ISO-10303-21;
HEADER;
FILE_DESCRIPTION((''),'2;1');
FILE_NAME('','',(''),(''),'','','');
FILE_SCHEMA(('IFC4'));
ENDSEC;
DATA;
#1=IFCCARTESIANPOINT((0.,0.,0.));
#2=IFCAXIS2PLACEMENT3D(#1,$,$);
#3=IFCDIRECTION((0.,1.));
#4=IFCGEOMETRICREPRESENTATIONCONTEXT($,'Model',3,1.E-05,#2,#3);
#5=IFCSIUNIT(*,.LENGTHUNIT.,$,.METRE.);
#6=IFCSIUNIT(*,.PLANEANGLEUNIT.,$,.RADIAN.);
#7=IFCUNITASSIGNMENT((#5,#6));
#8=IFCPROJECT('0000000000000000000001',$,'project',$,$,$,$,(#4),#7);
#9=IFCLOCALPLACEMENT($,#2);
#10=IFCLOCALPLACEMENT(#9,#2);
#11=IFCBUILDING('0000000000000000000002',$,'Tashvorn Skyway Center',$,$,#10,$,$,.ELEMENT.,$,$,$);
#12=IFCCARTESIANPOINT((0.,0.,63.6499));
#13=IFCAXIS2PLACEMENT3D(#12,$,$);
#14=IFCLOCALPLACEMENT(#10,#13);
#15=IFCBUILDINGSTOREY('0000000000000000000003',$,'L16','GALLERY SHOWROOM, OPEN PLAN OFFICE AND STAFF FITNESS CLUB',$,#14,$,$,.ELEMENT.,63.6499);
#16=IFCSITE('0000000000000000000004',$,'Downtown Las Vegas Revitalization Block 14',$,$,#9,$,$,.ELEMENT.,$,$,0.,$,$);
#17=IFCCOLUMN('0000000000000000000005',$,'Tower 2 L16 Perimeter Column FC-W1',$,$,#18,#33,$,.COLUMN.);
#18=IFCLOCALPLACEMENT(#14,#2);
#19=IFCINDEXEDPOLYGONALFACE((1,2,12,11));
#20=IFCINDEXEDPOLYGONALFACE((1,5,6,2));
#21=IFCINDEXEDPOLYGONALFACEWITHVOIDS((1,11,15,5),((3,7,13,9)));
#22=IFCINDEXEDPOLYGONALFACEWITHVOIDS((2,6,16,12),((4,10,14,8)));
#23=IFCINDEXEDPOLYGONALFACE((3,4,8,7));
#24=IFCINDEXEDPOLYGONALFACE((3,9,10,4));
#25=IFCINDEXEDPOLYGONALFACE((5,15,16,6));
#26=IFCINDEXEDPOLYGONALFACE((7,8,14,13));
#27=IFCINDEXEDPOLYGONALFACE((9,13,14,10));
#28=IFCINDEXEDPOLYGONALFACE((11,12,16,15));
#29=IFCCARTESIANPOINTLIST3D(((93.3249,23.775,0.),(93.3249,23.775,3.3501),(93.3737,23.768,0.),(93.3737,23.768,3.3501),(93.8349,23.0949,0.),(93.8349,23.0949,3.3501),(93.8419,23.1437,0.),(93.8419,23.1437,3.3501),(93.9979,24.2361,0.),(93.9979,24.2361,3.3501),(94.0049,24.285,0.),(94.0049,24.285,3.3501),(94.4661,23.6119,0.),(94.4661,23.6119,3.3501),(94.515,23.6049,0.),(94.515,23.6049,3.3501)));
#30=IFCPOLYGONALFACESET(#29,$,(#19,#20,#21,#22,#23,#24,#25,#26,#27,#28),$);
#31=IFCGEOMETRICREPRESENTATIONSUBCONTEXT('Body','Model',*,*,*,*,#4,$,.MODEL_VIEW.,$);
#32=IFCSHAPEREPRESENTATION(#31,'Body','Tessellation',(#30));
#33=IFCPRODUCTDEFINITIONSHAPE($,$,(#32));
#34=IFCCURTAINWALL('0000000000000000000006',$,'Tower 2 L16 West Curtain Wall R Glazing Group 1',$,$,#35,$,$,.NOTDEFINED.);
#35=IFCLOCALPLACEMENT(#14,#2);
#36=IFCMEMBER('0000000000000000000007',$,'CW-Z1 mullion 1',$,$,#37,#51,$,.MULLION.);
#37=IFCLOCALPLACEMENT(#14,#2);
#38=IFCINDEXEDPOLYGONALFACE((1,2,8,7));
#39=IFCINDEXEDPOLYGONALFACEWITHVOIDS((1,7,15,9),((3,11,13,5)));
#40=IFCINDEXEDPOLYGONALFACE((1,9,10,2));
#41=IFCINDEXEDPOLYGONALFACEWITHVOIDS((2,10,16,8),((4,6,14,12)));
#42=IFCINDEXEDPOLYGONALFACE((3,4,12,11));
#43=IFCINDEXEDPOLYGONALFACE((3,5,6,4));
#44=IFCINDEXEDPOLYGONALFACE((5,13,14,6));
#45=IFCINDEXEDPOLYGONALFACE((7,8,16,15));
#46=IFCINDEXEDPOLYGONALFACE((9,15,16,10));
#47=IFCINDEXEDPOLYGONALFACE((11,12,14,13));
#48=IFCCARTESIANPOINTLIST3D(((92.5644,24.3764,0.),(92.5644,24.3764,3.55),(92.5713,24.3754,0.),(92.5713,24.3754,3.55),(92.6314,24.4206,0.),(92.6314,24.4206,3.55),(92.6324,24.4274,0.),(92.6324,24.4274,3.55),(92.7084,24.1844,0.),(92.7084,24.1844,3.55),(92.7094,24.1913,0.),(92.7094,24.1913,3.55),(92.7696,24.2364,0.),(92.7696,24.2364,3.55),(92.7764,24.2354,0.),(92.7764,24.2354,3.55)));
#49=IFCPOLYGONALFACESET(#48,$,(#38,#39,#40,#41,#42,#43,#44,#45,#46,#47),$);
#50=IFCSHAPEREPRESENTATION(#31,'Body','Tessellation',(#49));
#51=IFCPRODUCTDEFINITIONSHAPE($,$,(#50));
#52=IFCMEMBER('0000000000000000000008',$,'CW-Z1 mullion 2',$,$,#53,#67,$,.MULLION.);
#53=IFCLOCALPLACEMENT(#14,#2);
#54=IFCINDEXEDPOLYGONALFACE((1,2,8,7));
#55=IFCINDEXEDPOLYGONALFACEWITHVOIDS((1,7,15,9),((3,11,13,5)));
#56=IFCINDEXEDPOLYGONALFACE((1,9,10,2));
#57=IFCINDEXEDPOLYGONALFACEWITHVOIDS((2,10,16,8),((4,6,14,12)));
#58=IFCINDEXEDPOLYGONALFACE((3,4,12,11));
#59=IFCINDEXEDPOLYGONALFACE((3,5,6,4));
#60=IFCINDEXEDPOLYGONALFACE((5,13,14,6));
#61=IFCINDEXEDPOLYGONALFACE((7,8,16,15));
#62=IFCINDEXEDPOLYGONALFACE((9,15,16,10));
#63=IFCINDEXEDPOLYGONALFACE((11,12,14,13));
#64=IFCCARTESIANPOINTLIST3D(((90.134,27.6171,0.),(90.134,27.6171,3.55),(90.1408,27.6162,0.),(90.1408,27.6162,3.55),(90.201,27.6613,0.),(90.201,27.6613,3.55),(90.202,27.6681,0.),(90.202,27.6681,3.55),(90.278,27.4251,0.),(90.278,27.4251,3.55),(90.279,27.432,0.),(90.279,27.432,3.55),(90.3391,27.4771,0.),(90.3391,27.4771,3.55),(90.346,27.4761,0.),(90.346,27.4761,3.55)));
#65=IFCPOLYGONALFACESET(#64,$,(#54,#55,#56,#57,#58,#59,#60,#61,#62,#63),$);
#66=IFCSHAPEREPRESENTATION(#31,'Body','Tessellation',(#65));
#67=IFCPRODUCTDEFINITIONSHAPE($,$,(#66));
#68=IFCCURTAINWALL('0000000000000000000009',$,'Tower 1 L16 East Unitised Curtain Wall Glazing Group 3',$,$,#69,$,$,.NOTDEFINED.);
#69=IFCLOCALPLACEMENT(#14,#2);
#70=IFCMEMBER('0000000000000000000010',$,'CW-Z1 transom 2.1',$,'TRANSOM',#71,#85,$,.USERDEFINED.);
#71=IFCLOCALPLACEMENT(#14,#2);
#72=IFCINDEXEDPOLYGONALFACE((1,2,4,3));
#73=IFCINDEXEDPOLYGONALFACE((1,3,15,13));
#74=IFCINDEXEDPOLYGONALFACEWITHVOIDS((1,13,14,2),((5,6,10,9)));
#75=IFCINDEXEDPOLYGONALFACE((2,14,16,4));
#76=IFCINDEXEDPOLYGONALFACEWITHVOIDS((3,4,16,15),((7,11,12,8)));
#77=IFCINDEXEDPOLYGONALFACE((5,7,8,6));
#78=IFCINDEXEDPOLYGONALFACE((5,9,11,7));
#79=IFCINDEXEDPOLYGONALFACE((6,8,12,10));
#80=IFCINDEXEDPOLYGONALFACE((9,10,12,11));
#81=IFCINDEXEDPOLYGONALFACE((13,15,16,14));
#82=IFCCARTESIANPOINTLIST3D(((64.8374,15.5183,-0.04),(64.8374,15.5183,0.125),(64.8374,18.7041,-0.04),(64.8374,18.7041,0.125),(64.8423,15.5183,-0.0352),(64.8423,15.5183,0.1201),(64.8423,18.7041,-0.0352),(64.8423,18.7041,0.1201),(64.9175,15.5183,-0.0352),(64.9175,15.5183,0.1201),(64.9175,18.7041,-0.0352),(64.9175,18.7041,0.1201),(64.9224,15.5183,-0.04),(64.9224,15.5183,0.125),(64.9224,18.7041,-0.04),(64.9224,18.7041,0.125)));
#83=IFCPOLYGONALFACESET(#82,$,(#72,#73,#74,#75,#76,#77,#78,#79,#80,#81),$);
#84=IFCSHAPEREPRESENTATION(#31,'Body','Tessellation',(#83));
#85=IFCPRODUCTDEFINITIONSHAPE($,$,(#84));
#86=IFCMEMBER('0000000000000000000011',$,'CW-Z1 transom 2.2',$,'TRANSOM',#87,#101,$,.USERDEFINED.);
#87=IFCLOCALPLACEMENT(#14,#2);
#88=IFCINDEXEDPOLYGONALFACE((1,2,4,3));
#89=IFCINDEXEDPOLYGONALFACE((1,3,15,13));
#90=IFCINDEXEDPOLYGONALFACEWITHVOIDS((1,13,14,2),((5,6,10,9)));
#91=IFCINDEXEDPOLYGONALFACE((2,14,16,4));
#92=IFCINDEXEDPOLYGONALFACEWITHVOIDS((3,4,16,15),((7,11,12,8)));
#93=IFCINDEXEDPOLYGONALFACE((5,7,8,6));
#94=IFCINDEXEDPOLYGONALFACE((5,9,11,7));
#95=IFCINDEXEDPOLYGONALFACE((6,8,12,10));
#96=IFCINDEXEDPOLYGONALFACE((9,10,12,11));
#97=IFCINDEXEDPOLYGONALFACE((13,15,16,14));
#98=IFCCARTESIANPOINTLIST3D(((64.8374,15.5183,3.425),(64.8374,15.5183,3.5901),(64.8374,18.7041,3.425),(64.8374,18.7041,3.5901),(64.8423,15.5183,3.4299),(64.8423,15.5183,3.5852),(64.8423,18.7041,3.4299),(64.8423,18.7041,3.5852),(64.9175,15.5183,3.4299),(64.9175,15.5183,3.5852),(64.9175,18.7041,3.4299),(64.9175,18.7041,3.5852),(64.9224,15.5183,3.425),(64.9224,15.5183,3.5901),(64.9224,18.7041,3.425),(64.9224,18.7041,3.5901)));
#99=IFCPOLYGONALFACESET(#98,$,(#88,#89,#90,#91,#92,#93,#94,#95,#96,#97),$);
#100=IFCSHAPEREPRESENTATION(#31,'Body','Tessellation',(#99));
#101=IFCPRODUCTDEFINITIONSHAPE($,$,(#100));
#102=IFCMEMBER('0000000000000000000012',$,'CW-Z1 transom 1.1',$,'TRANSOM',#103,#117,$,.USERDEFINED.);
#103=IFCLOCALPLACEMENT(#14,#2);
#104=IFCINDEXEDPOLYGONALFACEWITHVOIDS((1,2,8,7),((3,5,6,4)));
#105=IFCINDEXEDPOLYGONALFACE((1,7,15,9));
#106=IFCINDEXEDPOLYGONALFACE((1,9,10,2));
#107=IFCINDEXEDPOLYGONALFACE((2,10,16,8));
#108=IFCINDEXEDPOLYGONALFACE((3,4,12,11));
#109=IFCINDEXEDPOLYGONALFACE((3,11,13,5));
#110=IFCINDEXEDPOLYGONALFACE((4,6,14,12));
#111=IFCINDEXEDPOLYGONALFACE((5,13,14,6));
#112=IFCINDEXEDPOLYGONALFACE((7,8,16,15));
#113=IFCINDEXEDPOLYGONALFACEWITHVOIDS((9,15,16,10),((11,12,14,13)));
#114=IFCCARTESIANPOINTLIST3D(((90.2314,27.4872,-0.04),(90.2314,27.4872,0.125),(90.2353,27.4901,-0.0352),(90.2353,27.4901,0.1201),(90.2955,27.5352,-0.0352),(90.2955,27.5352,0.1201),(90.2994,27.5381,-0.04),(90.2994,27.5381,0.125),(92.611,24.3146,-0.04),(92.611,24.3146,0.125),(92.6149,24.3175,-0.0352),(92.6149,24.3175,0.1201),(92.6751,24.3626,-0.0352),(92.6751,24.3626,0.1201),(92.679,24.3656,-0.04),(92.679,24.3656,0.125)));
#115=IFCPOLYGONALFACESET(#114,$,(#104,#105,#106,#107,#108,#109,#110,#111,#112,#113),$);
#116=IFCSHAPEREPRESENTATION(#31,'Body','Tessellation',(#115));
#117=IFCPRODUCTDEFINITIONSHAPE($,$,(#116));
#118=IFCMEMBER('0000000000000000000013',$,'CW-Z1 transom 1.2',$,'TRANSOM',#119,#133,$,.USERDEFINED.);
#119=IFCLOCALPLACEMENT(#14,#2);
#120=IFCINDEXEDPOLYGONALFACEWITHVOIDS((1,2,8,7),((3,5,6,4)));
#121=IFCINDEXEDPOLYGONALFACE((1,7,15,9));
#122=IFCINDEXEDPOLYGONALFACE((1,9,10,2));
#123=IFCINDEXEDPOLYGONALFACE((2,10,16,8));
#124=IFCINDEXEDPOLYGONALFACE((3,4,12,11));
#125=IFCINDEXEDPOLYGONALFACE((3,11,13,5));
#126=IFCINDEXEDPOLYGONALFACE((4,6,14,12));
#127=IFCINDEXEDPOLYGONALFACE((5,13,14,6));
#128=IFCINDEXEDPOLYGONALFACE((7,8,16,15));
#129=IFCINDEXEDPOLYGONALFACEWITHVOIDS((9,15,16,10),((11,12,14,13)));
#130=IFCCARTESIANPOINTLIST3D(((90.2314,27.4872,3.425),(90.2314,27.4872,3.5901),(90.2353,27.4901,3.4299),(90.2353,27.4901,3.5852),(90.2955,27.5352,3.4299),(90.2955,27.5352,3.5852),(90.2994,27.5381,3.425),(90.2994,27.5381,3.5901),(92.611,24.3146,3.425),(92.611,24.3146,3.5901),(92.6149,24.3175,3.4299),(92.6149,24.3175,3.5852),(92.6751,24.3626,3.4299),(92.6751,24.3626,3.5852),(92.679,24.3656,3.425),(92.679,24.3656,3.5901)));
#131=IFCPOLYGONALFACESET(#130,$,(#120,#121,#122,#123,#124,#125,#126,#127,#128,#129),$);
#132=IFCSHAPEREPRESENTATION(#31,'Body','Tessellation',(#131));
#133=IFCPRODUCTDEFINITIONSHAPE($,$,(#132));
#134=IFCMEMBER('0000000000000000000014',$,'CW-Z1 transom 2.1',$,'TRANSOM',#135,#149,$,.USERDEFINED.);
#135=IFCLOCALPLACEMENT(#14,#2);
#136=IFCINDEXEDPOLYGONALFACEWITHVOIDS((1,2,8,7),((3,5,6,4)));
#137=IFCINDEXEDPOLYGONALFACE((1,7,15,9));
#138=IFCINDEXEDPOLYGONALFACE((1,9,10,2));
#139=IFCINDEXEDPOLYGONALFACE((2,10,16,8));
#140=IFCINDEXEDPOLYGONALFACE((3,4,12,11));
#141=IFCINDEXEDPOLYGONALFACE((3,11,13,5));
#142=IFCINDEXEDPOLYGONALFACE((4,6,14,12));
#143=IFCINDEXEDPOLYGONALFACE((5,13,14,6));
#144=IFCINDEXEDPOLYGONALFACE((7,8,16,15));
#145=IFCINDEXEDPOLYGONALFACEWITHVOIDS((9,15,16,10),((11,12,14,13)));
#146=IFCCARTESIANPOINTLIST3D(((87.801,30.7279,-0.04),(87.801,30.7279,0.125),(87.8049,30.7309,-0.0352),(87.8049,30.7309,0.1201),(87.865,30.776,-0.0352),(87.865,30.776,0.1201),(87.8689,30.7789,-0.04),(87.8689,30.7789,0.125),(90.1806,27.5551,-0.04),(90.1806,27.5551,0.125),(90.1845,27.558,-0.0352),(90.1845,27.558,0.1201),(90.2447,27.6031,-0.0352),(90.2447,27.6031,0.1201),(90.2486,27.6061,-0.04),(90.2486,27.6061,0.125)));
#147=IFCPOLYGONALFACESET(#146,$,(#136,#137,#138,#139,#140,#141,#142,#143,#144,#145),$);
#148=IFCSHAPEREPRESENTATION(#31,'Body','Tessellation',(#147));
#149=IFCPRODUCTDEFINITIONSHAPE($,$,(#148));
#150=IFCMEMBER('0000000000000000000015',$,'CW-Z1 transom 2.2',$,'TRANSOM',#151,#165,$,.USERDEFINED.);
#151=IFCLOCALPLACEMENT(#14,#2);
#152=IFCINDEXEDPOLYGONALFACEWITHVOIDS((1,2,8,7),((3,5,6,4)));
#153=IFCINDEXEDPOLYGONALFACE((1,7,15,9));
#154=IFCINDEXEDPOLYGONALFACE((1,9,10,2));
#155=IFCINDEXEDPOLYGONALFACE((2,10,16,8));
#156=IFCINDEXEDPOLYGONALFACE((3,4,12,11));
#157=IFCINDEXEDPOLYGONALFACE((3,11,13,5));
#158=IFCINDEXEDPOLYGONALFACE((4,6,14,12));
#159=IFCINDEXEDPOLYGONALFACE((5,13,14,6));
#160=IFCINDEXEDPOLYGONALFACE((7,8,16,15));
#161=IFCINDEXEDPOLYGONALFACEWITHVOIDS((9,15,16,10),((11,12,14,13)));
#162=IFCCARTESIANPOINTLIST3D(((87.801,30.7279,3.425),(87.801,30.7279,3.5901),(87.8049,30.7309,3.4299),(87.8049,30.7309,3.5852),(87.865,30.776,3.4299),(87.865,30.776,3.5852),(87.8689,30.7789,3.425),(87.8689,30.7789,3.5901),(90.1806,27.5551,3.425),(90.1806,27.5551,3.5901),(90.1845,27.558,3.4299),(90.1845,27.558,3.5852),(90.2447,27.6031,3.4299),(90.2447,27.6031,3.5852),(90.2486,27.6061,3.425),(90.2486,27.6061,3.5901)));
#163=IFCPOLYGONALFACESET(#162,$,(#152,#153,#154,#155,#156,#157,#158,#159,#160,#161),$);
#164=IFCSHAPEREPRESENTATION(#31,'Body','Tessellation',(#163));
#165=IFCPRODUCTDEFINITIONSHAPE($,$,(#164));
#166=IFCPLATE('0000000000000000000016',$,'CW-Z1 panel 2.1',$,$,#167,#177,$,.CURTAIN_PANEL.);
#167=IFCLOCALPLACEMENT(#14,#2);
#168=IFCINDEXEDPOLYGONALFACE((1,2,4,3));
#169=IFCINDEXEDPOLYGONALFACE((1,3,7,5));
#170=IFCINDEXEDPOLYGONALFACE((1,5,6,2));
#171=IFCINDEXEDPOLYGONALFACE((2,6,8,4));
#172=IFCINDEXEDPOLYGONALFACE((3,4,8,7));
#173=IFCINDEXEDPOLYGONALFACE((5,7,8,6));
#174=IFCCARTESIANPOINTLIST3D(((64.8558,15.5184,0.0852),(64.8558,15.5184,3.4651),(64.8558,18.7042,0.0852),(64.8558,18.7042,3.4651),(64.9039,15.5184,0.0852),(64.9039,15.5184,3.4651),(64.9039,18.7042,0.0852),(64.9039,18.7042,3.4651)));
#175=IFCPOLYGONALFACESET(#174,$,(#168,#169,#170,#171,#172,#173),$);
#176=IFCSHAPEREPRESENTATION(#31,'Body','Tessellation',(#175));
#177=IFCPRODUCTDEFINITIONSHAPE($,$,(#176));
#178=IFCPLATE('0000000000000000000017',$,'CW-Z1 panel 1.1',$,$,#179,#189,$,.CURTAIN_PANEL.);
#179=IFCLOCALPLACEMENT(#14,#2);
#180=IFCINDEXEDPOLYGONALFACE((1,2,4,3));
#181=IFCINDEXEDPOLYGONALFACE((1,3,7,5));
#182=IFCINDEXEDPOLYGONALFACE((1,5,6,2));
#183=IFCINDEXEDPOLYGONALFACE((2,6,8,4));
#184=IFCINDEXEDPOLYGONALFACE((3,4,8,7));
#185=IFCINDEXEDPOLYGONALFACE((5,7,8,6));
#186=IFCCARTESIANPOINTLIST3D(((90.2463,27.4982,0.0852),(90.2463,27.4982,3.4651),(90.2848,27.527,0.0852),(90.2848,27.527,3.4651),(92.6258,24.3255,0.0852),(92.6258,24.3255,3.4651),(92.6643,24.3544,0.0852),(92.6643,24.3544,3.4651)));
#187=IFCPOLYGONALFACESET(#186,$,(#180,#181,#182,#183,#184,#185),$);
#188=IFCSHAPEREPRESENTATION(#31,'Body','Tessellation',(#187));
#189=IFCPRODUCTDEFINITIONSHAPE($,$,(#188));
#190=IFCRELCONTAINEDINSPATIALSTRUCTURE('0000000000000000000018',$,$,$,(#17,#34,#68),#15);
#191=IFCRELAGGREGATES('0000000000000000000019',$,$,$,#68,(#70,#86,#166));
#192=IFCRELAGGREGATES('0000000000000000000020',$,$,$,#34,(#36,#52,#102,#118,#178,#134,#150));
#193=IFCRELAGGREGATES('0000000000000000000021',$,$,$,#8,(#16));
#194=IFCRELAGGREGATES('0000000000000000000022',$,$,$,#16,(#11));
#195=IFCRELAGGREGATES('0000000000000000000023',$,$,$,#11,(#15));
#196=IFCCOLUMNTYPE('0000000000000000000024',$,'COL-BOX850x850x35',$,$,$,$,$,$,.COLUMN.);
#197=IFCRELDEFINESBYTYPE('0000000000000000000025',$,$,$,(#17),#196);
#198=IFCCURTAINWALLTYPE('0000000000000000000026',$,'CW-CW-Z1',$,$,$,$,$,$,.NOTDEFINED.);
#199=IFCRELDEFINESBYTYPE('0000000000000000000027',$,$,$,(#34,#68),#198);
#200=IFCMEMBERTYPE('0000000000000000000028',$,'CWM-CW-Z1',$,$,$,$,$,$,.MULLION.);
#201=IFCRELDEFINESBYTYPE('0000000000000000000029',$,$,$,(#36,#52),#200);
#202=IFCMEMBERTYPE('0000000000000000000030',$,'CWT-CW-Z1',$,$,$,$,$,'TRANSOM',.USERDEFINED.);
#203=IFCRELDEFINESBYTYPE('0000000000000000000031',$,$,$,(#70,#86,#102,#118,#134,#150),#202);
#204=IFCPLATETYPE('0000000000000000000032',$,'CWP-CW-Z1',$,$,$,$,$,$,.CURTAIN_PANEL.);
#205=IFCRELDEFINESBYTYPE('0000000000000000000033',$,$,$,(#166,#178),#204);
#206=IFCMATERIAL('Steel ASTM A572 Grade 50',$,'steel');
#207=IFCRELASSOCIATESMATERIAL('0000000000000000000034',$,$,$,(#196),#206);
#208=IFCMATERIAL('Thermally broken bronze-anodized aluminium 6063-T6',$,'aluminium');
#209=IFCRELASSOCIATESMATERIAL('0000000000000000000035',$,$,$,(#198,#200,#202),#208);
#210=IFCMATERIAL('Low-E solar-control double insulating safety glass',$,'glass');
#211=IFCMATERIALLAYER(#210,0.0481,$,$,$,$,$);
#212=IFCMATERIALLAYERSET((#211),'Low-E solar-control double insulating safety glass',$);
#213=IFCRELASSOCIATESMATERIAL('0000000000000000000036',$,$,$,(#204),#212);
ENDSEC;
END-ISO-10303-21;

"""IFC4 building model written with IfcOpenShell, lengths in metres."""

from ifc_helpers import new_model, si_unit, direction, frame, origin, origin_2d, place, context, subcontext, project, spatial, rectangle, hollow_rectangle, extrude, material, layer, layer_set, material_profile, profile_set, type_object, element, aggregate, save


model = new_model("IFC4")

# Units and contexts
model_context = context("Model", 3, precision=1e-05, world=origin(), true_north=direction((0.0, 1.0)))
body_context = subcontext(model_context, "Body", "Model", "MODEL_VIEW")
ifc_project = project(units=[si_unit("LENGTHUNIT", "METRE"), si_unit("PLANEANGLEUNIT", "RADIAN")], contexts=[model_context])

# Site, building, storey
site_placement = place(None, origin())
site = spatial("IfcSite", under=ifc_project, at=site_placement, Name="Downtown Las Vegas Revitalization Block 14", CompositionType="ELEMENT", RefElevation=0.0)
building_placement = place(site_placement, origin())
building = spatial("IfcBuilding", under=site, at=building_placement, Name="Tashvorn Skyway Center", CompositionType="ELEMENT")
storey_placement = place(building_placement, frame((0.0, 0.0, 63.6499)))
storey = spatial("IfcBuildingStorey", under=building, at=storey_placement, Name="L16", Description="GALLERY SHOWROOM, OPEN PLAN OFFICE AND STAFF FITNESS CLUB", CompositionType="ELEMENT", Elevation=63.6499)

# Column
ifc_material_1 = material(Name="Steel ASTM A572 Grade 50", Category="steel")
ifc_material_profile_1 = material_profile(ifc_material_1, hollow_rectangle(XDim=0.8501, YDim=0.8501, WallThickness=0.0349, at=origin_2d()), Name="BOX850x850x35")
ifc_profile_set_1 = profile_set([ifc_material_profile_1], Name="Steel ASTM A572 Grade 50")
column_type = type_object("IfcColumnType", Name="COL-BOX850x850x35", PredefinedType="COLUMN", material=ifc_profile_set_1)
column_placement = place(storey_placement, frame((93.9199, 23.6899, 0.0), z_axis=(0.0, 0.0, 1.0), x_axis=(0.8, 0.6, 0.0)))
element("IfcColumn", 1, at=column_placement, inside=storey, type_object=column_type, Name="Tower 2 L16 Perimeter Column FC-W1", PredefinedType="COLUMN", context=body_context, shape_type="SweptSolid", body=[
    extrude(hollow_rectangle(XDim=0.8501, YDim=0.8501, WallThickness=0.0349, at=origin_2d()), origin(), (0.0, 0.0, 1.0), 3.3501),
])

# Curtain walls, members
ifc_material_2 = material(Name="Thermally broken bronze-anodized aluminium 6063-T6", Category="aluminium")
curtain_wall_type = type_object("IfcCurtainWallType", Name="CW-CW-Z1", PredefinedType="NOTDEFINED", material=ifc_material_2)
curtain_wall_1_placement = place(storey_placement, origin())
curtain_wall_1 = element("IfcCurtainWall", 2, at=curtain_wall_1_placement, inside=storey, type_object=curtain_wall_type, Name="Tower 2 L16 West Curtain Wall R Glazing Group 1", PredefinedType="NOTDEFINED")
ifc_material_profile_2 = material_profile(ifc_material_2, hollow_rectangle(XDim=0.085, YDim=0.24, WallThickness=0.0049, at=origin_2d()), Name="ALU-MULL-85x240")
ifc_profile_set_2 = profile_set([ifc_material_profile_2], Name="Thermally broken bronze-anodized aluminium 6063-T6")
member_type_1 = type_object("IfcMemberType", Name="CWM-CW-Z1", PredefinedType="MULLION", material=ifc_profile_set_2)
member_1_placement = place(storey_placement, frame((92.6704, 24.3059, 0.0), z_axis=(0.0, 0.0, 1.0), x_axis=(-0.799999, -0.600002, 0.0)))
member_1 = element("IfcMember", 3, at=member_1_placement, type_object=member_type_1, Name="CW-Z1 mullion 1", PredefinedType="MULLION", context=body_context, shape_type="SweptSolid", body=[
    extrude(hollow_rectangle(XDim=0.085, YDim=0.24, WallThickness=0.0049, at=origin_2d()), origin(), (0.0, 0.0, 1.0), 3.55),
])
member_2_placement = place(storey_placement, frame((90.24, 27.5466, 0.0), z_axis=(0.0, 0.0, 1.0), x_axis=(-0.799999, -0.600002, 0.0)))
member_2 = element("IfcMember", 4, at=member_2_placement, type_object=member_type_1, Name="CW-Z1 mullion 2", PredefinedType="MULLION", context=body_context, shape_type="SweptSolid", body=[
    extrude(hollow_rectangle(XDim=0.085, YDim=0.24, WallThickness=0.0049, at=origin_2d()), origin(), (0.0, 0.0, 1.0), 3.55),
])
curtain_wall_2_placement = place(storey_placement, origin())
curtain_wall_2 = element("IfcCurtainWall", 5, at=curtain_wall_2_placement, inside=storey, type_object=curtain_wall_type, Name="Tower 1 L16 East Unitised Curtain Wall Glazing Group 3", PredefinedType="NOTDEFINED")
ifc_material_profile_3 = material_profile(ifc_material_2, hollow_rectangle(XDim=0.085, YDim=0.165, WallThickness=0.0049, at=origin_2d()), Name="ALU-TRAN-85x165")
ifc_profile_set_3 = profile_set([ifc_material_profile_3], Name="Thermally broken bronze-anodized aluminium 6063-T6")
member_type_2 = type_object("IfcMemberType", Name="CWT-CW-Z1", ElementType="TRANSOM", PredefinedType="USERDEFINED", material=ifc_profile_set_3)
member_3_placement = place(storey_placement, frame((64.8799, 18.7041, 0.0425), z_axis=(0.0, -1.0, 0.0), x_axis=(1.0, 0.0, 0.0)))
member_3 = element("IfcMember", 6, at=member_3_placement, type_object=member_type_2, Name="CW-Z1 transom 2.1", ObjectType="TRANSOM", PredefinedType="USERDEFINED", context=body_context, shape_type="SweptSolid", body=[
    extrude(hollow_rectangle(XDim=0.085, YDim=0.165, WallThickness=0.0049, at=origin_2d()), origin(), (0.0, 0.0, 1.0), 3.1858),
])
member_4_placement = place(storey_placement, frame((64.8799, 18.7041, 3.5076), z_axis=(0.0, -1.0, 0.0), x_axis=(1.0, 0.0, 0.0)))
member_4 = element("IfcMember", 7, at=member_4_placement, type_object=member_type_2, Name="CW-Z1 transom 2.2", ObjectType="TRANSOM", PredefinedType="USERDEFINED", context=body_context, shape_type="SweptSolid", body=[
    extrude(hollow_rectangle(XDim=0.085, YDim=0.165, WallThickness=0.0049, at=origin_2d()), origin(), (0.0, 0.0, 1.0), 3.1858),
])

# Members
member_5_placement = place(storey_placement, frame((92.645, 24.3401, 0.0425), z_axis=(-0.60003, 0.799978, 0.0), x_axis=(-0.799978, -0.60003, 0.0)))
member_5 = element("IfcMember", 8, at=member_5_placement, type_object=member_type_2, Name="CW-Z1 transom 1.1", ObjectType="TRANSOM", PredefinedType="USERDEFINED", context=body_context, shape_type="SweptSolid", body=[
    extrude(hollow_rectangle(XDim=0.085, YDim=0.165, WallThickness=0.0049, at=origin_2d()), origin(), (0.0, 0.0, 1.0), 3.9658),
])
member_6_placement = place(storey_placement, frame((92.645, 24.3401, 3.5076), z_axis=(-0.60003, 0.799978, 0.0), x_axis=(-0.799978, -0.60003, 0.0)))
member_6 = element("IfcMember", 9, at=member_6_placement, type_object=member_type_2, Name="CW-Z1 transom 1.2", ObjectType="TRANSOM", PredefinedType="USERDEFINED", context=body_context, shape_type="SweptSolid", body=[
    extrude(hollow_rectangle(XDim=0.085, YDim=0.165, WallThickness=0.0049, at=origin_2d()), origin(), (0.0, 0.0, 1.0), 3.9658),
])
member_7_placement = place(storey_placement, frame((90.2146, 27.5806, 0.0425), z_axis=(-0.6, 0.8, 0.0), x_axis=(-0.8, -0.6, 0.0)))
member_7 = element("IfcMember", 10, at=member_7_placement, type_object=member_type_2, Name="CW-Z1 transom 2.1", ObjectType="TRANSOM", PredefinedType="USERDEFINED", context=body_context, shape_type="SweptSolid", body=[
    extrude(hollow_rectangle(XDim=0.085, YDim=0.165, WallThickness=0.0049, at=origin_2d()), origin(), (0.0, 0.0, 1.0), 3.9661),
])
member_8_placement = place(storey_placement, frame((90.2146, 27.5806, 3.5076), z_axis=(-0.6, 0.8, 0.0), x_axis=(-0.8, -0.6, 0.0)))
member_8 = element("IfcMember", 11, at=member_8_placement, type_object=member_type_2, Name="CW-Z1 transom 2.2", ObjectType="TRANSOM", PredefinedType="USERDEFINED", context=body_context, shape_type="SweptSolid", body=[
    extrude(hollow_rectangle(XDim=0.085, YDim=0.165, WallThickness=0.0049, at=origin_2d()), origin(), (0.0, 0.0, 1.0), 3.9661),
])

# Plates
ifc_material_3 = material(Name="Low-E solar-control double insulating safety glass", Category="glass")
ifc_layer_1 = layer(ifc_material_3, 0.0481)
ifc_layer_set_1 = layer_set([ifc_layer_1], Name="Low-E solar-control double insulating safety glass")
plate_type = type_object("IfcPlateType", Name="CWP-CW-Z1", PredefinedType="CURTAIN_PANEL", material=ifc_layer_set_1)
plate_1_placement = place(storey_placement, frame((64.8799, 17.1113, 0.0852), z_axis=(0.0, 0.0, 1.0), x_axis=(0.0, -1.0, 0.0)))
plate_1 = element("IfcPlate", 12, at=plate_1_placement, type_object=plate_type, Name="CW-Z1 panel 2.1", PredefinedType="CURTAIN_PANEL", context=body_context, shape_type="SweptSolid", body=[
    extrude(rectangle(XDim=3.1858, YDim=0.0481, at=origin_2d()), origin(), (0.0, 0.0, 1.0), 3.3799),
])
aggregate(curtain_wall_2, [member_3, member_4, plate_1])
plate_2_placement = place(storey_placement, frame((91.4553, 25.9263, 0.0852), z_axis=(0.0, 0.0, 1.0), x_axis=(-0.600002, 0.799999, 0.0)))
plate_2 = element("IfcPlate", 13, at=plate_2_placement, type_object=plate_type, Name="CW-Z1 panel 1.1", PredefinedType="CURTAIN_PANEL", context=body_context, shape_type="SweptSolid", body=[
    extrude(rectangle(XDim=3.9658, YDim=0.0481, at=origin_2d()), origin(), (0.0, 0.0, 1.0), 3.3799),
])
aggregate(curtain_wall_1, [member_1, member_2, member_5, member_6, plate_2, member_7, member_8])

save(model, "model.ifc")
